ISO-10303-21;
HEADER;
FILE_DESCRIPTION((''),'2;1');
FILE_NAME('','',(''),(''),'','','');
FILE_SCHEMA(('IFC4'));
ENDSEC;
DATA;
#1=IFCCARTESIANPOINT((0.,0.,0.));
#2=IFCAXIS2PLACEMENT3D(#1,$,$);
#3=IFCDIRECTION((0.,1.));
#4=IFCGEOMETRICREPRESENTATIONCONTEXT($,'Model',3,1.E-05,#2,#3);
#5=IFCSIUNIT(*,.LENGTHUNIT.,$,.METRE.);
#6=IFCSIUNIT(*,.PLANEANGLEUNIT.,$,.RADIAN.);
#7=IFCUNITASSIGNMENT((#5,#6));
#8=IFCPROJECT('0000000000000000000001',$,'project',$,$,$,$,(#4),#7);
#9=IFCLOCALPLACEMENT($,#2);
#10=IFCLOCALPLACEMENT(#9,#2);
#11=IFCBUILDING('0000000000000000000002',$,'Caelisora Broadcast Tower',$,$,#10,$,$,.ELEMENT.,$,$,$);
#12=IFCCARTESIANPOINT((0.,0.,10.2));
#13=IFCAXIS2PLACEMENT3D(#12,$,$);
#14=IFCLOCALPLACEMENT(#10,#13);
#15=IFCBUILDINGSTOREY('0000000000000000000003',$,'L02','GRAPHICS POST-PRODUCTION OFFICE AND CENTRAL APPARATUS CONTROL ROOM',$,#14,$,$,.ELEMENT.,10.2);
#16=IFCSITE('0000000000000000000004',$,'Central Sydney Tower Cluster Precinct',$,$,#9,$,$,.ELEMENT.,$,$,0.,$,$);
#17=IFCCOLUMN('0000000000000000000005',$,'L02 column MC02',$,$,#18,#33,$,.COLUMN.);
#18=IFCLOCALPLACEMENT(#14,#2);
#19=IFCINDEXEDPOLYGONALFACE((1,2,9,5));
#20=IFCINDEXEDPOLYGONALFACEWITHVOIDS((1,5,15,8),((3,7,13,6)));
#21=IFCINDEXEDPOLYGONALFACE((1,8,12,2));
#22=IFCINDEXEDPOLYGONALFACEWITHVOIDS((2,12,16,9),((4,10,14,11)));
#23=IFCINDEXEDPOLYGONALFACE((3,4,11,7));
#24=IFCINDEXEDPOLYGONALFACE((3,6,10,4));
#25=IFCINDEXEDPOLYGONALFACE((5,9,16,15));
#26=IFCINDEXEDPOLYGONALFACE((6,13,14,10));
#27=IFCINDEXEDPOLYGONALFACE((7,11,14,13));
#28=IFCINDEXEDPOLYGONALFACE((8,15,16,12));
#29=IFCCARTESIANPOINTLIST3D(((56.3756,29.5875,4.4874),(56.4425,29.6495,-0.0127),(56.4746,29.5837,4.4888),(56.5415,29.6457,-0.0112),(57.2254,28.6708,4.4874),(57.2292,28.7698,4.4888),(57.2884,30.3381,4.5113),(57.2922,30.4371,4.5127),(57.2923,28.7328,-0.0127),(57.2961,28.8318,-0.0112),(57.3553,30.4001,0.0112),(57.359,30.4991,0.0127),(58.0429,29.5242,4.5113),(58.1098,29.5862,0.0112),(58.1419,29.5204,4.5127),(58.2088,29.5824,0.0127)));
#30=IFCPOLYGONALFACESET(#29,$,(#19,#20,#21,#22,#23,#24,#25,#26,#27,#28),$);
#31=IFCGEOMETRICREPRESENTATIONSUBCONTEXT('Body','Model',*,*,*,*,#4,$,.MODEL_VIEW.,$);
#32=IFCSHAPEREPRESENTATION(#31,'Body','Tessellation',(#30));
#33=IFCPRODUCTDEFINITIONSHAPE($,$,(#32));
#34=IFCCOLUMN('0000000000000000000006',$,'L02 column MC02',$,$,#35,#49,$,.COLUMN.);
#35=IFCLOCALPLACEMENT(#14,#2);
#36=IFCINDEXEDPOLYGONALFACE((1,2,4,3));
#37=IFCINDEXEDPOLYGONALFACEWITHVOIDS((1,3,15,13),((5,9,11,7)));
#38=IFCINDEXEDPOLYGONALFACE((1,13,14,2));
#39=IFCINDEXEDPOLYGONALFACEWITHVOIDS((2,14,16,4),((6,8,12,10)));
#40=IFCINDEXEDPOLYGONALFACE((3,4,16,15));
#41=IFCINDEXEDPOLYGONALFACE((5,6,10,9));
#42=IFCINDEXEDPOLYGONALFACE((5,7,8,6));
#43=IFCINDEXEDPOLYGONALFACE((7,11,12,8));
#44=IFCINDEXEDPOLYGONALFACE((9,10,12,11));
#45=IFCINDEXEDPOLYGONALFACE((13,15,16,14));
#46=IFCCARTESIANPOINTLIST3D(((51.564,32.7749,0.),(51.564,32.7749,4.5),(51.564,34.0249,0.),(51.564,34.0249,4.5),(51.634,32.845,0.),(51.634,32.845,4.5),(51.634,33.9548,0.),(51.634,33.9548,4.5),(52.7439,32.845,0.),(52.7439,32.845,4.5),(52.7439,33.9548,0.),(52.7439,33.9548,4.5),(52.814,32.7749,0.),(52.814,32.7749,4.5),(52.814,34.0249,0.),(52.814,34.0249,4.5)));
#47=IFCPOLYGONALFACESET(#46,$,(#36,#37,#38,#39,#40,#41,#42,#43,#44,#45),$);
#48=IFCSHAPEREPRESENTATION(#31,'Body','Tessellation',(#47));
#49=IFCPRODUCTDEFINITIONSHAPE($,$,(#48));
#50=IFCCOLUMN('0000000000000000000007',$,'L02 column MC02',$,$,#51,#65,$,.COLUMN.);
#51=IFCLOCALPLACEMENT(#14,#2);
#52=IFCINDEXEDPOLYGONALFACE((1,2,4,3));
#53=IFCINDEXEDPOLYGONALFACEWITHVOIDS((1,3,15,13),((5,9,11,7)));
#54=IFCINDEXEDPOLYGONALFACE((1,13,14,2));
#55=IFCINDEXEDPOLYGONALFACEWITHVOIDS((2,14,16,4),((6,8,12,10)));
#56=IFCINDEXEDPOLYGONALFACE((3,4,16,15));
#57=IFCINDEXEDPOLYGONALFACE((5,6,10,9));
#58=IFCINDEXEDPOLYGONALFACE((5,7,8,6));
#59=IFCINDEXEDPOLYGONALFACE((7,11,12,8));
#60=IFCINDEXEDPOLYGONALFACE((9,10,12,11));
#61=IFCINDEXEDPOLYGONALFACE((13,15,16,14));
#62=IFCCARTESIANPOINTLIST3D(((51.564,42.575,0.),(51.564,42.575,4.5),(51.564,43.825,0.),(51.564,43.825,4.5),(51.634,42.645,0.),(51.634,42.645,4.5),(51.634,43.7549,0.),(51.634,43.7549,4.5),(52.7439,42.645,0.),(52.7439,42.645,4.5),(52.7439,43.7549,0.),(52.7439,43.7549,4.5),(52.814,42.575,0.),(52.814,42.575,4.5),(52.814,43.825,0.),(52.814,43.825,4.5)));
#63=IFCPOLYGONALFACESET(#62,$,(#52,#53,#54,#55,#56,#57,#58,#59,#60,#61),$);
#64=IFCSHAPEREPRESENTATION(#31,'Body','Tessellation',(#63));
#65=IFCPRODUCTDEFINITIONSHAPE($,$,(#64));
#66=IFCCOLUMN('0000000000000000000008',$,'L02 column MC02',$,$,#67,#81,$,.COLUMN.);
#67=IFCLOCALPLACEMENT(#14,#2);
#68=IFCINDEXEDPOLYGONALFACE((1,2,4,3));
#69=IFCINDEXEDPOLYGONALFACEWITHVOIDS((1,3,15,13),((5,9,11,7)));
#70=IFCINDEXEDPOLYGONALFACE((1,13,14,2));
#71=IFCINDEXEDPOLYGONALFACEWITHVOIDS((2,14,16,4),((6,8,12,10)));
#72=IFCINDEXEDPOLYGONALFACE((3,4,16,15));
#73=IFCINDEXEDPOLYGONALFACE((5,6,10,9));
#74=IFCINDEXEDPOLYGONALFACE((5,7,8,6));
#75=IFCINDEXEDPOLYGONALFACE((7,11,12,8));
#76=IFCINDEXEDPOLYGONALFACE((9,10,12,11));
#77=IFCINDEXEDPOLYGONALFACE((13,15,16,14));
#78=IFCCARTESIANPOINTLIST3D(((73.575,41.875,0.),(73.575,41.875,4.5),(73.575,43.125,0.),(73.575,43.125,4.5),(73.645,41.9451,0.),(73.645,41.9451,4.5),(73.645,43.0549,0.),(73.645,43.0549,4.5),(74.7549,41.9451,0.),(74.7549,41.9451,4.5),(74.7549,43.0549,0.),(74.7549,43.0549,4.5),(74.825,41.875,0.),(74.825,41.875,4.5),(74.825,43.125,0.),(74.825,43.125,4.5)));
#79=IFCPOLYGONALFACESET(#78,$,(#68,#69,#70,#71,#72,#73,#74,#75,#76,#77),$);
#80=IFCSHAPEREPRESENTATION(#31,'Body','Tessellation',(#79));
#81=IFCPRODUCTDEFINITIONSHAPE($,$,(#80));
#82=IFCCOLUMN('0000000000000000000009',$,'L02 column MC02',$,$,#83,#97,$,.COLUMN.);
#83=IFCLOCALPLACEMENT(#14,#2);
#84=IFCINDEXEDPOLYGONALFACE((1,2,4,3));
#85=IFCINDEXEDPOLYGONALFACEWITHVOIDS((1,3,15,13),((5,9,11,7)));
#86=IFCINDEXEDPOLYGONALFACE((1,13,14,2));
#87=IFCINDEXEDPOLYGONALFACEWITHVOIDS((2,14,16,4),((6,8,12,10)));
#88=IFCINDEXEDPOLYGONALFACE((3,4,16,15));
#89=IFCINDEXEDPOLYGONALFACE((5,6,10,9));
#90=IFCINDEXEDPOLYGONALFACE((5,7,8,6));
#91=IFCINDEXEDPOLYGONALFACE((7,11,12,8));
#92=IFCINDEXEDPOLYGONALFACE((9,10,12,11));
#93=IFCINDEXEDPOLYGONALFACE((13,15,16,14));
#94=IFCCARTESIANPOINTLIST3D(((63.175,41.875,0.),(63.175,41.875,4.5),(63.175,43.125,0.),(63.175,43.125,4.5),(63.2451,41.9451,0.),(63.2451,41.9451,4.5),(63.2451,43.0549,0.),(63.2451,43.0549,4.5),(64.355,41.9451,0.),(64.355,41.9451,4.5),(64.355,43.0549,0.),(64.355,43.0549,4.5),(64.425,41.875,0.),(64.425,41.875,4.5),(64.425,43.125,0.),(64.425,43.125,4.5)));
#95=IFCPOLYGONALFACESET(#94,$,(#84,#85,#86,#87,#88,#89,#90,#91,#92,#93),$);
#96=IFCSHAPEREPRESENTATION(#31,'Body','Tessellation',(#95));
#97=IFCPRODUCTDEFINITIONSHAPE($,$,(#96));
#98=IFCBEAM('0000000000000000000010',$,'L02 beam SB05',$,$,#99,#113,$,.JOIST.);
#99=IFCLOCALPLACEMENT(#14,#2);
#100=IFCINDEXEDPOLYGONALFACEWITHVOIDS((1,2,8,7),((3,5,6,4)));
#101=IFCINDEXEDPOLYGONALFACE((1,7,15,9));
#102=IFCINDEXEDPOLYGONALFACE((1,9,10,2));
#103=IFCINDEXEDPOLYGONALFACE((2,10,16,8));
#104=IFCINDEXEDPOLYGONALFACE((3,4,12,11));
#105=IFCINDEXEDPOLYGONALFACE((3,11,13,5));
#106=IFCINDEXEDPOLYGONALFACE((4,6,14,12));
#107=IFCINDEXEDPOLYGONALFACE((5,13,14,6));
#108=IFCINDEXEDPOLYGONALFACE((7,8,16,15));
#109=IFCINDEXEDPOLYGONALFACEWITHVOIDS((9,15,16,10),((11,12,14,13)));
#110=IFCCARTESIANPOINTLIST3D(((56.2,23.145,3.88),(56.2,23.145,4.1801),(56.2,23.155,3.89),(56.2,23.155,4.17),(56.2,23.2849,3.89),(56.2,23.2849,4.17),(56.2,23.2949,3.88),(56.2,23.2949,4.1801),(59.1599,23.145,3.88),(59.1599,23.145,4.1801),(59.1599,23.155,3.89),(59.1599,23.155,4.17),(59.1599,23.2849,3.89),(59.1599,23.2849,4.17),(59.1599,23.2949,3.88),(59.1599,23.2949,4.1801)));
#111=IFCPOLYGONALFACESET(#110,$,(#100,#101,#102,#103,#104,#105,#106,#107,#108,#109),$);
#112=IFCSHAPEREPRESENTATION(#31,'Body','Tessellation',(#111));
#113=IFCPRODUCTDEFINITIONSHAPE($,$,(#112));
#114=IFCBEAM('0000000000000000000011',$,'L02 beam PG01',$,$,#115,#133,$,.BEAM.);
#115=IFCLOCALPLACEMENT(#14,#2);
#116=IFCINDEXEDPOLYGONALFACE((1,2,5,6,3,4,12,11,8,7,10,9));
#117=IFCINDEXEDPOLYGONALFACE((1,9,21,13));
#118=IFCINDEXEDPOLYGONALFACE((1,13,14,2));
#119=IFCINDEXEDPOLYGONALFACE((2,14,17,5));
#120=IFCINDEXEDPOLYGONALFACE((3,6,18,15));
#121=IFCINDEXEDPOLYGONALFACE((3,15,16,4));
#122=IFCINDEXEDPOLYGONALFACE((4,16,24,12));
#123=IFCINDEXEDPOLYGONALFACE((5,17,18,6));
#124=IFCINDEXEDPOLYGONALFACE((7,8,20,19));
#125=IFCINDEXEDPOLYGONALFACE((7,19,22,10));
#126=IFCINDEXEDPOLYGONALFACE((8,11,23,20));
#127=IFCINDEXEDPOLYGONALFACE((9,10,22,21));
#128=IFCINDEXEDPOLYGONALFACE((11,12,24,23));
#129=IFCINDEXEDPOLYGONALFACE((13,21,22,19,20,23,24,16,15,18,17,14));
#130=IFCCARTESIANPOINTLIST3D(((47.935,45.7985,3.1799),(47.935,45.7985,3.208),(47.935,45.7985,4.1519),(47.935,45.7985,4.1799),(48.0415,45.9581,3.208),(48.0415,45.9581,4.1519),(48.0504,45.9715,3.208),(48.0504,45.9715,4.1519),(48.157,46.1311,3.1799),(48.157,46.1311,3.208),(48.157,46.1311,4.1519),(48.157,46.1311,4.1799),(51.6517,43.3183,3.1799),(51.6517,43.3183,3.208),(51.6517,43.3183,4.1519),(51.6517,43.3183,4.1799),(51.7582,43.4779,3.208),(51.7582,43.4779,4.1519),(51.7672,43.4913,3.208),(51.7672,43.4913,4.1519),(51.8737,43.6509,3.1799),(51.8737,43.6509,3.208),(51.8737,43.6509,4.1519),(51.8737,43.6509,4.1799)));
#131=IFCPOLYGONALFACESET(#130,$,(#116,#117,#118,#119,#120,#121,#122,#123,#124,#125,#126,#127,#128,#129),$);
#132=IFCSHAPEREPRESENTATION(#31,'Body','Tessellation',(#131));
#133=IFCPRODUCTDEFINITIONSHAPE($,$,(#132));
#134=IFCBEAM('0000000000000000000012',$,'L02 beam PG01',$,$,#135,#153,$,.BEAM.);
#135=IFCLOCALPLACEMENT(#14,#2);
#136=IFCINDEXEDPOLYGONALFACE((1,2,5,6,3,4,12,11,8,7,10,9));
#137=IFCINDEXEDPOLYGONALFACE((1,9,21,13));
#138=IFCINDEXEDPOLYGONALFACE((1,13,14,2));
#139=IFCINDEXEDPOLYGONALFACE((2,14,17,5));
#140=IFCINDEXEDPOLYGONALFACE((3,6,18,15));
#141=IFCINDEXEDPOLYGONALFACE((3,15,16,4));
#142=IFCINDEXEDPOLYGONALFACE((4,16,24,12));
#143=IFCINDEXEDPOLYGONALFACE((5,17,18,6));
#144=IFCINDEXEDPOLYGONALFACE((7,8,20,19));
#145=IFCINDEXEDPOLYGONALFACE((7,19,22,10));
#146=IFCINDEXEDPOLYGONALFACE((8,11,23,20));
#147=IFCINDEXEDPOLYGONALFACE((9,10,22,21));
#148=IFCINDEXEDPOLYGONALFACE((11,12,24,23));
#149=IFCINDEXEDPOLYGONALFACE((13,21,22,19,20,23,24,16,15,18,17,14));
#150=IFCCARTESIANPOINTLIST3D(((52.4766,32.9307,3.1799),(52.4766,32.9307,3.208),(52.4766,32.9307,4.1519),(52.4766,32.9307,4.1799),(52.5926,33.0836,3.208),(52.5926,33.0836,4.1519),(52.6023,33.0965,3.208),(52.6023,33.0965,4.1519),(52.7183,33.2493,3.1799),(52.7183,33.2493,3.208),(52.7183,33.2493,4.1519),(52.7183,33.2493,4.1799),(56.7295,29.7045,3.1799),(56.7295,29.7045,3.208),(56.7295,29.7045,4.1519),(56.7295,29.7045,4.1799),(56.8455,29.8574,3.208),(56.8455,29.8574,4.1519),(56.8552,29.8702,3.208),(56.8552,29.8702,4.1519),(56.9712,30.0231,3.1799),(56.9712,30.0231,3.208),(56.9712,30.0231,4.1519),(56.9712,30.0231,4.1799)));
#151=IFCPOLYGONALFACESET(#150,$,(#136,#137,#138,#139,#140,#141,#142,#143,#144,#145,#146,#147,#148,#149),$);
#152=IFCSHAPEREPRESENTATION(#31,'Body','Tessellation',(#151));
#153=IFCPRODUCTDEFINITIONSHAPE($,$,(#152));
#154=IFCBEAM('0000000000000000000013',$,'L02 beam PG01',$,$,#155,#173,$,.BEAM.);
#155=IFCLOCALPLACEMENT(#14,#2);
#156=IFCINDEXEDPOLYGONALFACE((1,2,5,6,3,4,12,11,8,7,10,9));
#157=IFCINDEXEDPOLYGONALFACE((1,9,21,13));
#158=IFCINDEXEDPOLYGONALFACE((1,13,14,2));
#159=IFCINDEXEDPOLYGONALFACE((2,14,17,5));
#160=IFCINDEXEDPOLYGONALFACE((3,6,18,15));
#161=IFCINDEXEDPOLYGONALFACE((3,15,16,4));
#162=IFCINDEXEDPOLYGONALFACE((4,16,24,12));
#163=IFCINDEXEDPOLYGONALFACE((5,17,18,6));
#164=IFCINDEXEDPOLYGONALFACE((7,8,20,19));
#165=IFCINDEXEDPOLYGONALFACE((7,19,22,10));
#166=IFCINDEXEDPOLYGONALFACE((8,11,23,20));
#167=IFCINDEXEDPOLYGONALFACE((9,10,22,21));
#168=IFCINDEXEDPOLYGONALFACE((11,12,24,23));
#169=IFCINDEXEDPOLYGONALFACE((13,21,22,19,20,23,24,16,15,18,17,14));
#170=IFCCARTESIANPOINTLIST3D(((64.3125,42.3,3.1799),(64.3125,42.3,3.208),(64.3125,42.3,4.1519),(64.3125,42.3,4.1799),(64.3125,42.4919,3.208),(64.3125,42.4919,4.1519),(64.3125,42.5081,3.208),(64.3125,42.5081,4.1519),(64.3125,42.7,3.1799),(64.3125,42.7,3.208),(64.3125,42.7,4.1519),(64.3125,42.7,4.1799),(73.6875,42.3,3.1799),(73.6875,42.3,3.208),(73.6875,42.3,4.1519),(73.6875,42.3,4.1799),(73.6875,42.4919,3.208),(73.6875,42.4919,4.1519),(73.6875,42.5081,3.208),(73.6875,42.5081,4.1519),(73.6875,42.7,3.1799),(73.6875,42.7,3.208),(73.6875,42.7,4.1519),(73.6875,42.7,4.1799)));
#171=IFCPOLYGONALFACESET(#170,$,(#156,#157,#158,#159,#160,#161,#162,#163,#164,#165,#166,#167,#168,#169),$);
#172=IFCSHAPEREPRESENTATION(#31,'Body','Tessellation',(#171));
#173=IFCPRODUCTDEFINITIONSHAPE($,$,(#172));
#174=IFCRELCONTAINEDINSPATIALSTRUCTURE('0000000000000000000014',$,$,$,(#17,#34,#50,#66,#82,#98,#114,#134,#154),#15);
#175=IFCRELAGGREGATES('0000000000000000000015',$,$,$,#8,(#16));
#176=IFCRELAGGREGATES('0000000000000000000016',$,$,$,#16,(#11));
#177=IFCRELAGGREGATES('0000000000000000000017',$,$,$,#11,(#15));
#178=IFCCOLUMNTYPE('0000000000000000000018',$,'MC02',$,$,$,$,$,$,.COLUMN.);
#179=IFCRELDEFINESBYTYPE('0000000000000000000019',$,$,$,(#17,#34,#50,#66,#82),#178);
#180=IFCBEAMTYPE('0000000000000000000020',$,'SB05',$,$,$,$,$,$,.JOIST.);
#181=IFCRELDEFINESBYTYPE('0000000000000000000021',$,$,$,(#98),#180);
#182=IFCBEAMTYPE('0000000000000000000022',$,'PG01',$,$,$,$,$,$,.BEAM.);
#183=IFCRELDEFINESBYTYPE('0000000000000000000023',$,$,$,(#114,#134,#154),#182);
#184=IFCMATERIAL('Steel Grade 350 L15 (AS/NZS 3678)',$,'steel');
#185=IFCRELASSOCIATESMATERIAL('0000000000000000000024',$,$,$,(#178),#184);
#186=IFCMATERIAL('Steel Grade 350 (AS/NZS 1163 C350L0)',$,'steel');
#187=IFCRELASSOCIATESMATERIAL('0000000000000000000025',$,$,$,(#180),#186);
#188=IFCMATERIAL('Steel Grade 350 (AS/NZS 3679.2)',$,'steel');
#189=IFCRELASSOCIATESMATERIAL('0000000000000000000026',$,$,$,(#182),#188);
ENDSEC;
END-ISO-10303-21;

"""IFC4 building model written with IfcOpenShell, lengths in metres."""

from ifc_helpers import new_model, si_unit, direction, frame, origin, origin_2d, place, context, subcontext, project, spatial, hollow_rectangle, i_section, extrude, source, transform, mapped, material, material_profile, profile_set, type_object, type_shapes, element, save


model = new_model("IFC4")

# Units and contexts
model_context = context("Model", 3, precision=1e-05, world=origin(), true_north=direction((0.0, 1.0)))
body_context = subcontext(model_context, "Body", "Model", "MODEL_VIEW")
ifc_project = project(units=[si_unit("LENGTHUNIT", "METRE"), si_unit("PLANEANGLEUNIT", "RADIAN")], contexts=[model_context])

# Site, building, storey
site_placement = place(None, origin())
site = spatial("IfcSite", under=ifc_project, at=site_placement, Name="Central Sydney Tower Cluster Precinct", CompositionType="ELEMENT", RefElevation=0.0)
building_placement = place(site_placement, origin())
building = spatial("IfcBuilding", under=site, at=building_placement, Name="Caelisora Broadcast Tower", CompositionType="ELEMENT")
storey_placement = place(building_placement, frame((0.0, 0.0, 10.2)))
storey = spatial("IfcBuildingStorey", under=building, at=storey_placement, Name="L02", Description="GRAPHICS POST-PRODUCTION OFFICE AND CENTRAL APPARATUS CONTROL ROOM", CompositionType="ELEMENT", Elevation=10.2)

# Columns
ifc_material_1 = material(Name="Steel Grade 350 L15 (AS/NZS 3678)", Category="steel")
ifc_material_profile_1 = material_profile(ifc_material_1, hollow_rectangle(XDim=1.25, YDim=1.25, WallThickness=0.0701, at=origin_2d()), Name="Steel Grade 350 L15 (AS/NZS 3678)")
ifc_profile_set_1 = profile_set([ifc_material_profile_1], Name="Steel Grade 350 L15 (AS/NZS 3678)")
column_type = type_object("IfcColumnType", Name="MC02", PredefinedType="COLUMN", material=ifc_profile_set_1)
shared_shape_1 = source(origin(), body_context, "Body", "SweptSolid", [
    extrude(hollow_rectangle(XDim=1.25, YDim=1.25, WallThickness=0.0701, at=origin_2d()), origin(), (0.0, 0.0, 1.0), 4.501),
])
column_placement = place(storey_placement, frame((57.3257, 29.616, 0.0), z_axis=(-0.014862, -0.013778, 0.999795), x_axis=(0.679835, -0.733365, 0.0)))
element("IfcColumn", 1, at=column_placement, inside=storey, type_object=column_type, Name="L02 column MC02", PredefinedType="COLUMN", context=body_context, shape_type="MappedRepresentation", body=[
    mapped(shared_shape_1, transform((0.0, 0.0, 0.0), scale=1.0)),
])
shared_shape_2 = source(origin(), body_context, "Body", "SweptSolid", [
    extrude(hollow_rectangle(XDim=1.25, YDim=1.25, WallThickness=0.0701, at=origin_2d()), origin(), (0.0, 0.0, 1.0), 4.5),
])
type_shapes(column_type, [shared_shape_1, shared_shape_2])
for number, where, z_axis, x_axis, name in (
    (2, (52.189, 33.3999, 0.0), (0.0, 0.0, 1.0), (1.0, 0.0, 0.0), "L02 column MC02"),
    (3, (52.189, 43.2, 0.0), (0.0, 0.0, 1.0), (1.0, 0.0, 0.0), "L02 column MC02"),
    (4, (74.2, 42.5, 0.0), (0.0, 0.0, 1.0), (1.0, 0.0, 0.0), "L02 column MC02"),
    (5, (63.8, 42.5, 0.0), (0.0, 0.0, 1.0), (1.0, 0.0, 0.0), "L02 column MC02"),
):
    element("IfcColumn", number, at=place(storey_placement, frame(where, z_axis=z_axis, x_axis=x_axis)), inside=storey, type_object=column_type, Name=name, PredefinedType="COLUMN", context=body_context, shape_type="MappedRepresentation", body=[
        mapped(shared_shape_2, transform((0.0, 0.0, 0.0), scale=1.0)),
    ])

# Beams
ifc_material_2 = material(Name="Steel Grade 350 (AS/NZS 1163 C350L0)", Category="steel")
ifc_material_profile_2 = material_profile(ifc_material_2, hollow_rectangle(XDim=0.1499, YDim=0.3, WallThickness=0.01, at=origin_2d()), Name="Steel Grade 350 (AS/NZS 1163 C350L0)")
ifc_profile_set_2 = profile_set([ifc_material_profile_2], Name="Steel Grade 350 (AS/NZS 1163 C350L0)")
beam_type_1 = type_object("IfcBeamType", Name="SB05", PredefinedType="JOIST", material=ifc_profile_set_2)
shared_shape_3 = source(origin(), body_context, "Body", "SweptSolid", [
    extrude(hollow_rectangle(XDim=0.1499, YDim=0.3, WallThickness=0.01, at=origin_2d()), origin(), (0.0, 0.0, 1.0), 2.96),
])
type_shapes(beam_type_1, [shared_shape_3])
beam_1_placement = place(storey_placement, frame((56.2, 23.22, 4.03), z_axis=(1.0, 0.0, 0.0), x_axis=(0.0, 1.0, 0.0)))
element("IfcBeam", 6, at=beam_1_placement, inside=storey, type_object=beam_type_1, Name="L02 beam SB05", PredefinedType="JOIST", context=body_context, shape_type="MappedRepresentation", body=[
    mapped(shared_shape_3, transform((0.0, 0.0, 0.0), scale=1.0)),
])
ifc_material_3 = material(Name="Steel Grade 350 (AS/NZS 3679.2)", Category="steel")
ifc_material_profile_3 = material_profile(ifc_material_3, i_section(OverallWidth=0.3999, OverallDepth=1.0, WebThickness=0.0161, FlangeThickness=0.0281, at=origin_2d()), Name="Steel Grade 350 (AS/NZS 3679.2)")
ifc_profile_set_3 = profile_set([ifc_material_profile_3], Name="Steel Grade 350 (AS/NZS 3679.2)")
beam_type_2 = type_object("IfcBeamType", Name="PG01", PredefinedType="BEAM", material=ifc_profile_set_3)
shared_shape_4 = source(origin(), body_context, "Body", "SweptSolid", [
    extrude(i_section(OverallWidth=0.3999, OverallDepth=1.0, WebThickness=0.0161, FlangeThickness=0.0281, at=origin_2d()), origin(), (0.0, 0.0, 1.0), 4.4683),
])
beam_2_placement = place(storey_placement, frame((51.7627, 43.4846, 3.6799), z_axis=(-0.831806, 0.555066, 0.0), x_axis=(-0.555066, -0.831806, 0.0)))
element("IfcBeam", 7, at=beam_2_placement, inside=storey, type_object=beam_type_2, Name="L02 beam PG01", PredefinedType="BEAM", context=body_context, shape_type="MappedRepresentation", body=[
    mapped(shared_shape_4, transform((0.0, 0.0, 0.0), scale=1.0)),
])
shared_shape_5 = source(origin(), body_context, "Body", "SweptSolid", [
    extrude(i_section(OverallWidth=0.3999, OverallDepth=1.0, WebThickness=0.0161, FlangeThickness=0.0281, at=origin_2d()), origin(), (0.0, 0.0, 1.0), 5.3381),
])
beam_3_placement = place(storey_placement, frame((56.8503, 29.8638, 3.6799), z_axis=(-0.796695, 0.604381, 0.0), x_axis=(-0.604381, -0.796695, 0.0)))
element("IfcBeam", 8, at=beam_3_placement, inside=storey, type_object=beam_type_2, Name="L02 beam PG01", PredefinedType="BEAM", context=body_context, shape_type="MappedRepresentation", body=[
    mapped(shared_shape_5, transform((0.0, 0.0, 0.0), scale=1.0)),
])
shared_shape_6 = source(origin(), body_context, "Body", "SweptSolid", [
    extrude(i_section(OverallWidth=0.3999, OverallDepth=1.0, WebThickness=0.0161, FlangeThickness=0.0281, at=origin_2d()), origin(), (0.0, 0.0, 1.0), 9.375),
])
beam_4_placement = place(storey_placement, frame((64.3125, 42.5, 3.6799), z_axis=(1.0, 0.0, 0.0), x_axis=(0.0, 1.0, 0.0)))
element("IfcBeam", 9, at=beam_4_placement, inside=storey, type_object=beam_type_2, Name="L02 beam PG01", PredefinedType="BEAM", context=body_context, shape_type="MappedRepresentation", body=[
    mapped(shared_shape_6, transform((0.0, 0.0, 0.0), scale=1.0)),
])

save(model, "model.ifc")
